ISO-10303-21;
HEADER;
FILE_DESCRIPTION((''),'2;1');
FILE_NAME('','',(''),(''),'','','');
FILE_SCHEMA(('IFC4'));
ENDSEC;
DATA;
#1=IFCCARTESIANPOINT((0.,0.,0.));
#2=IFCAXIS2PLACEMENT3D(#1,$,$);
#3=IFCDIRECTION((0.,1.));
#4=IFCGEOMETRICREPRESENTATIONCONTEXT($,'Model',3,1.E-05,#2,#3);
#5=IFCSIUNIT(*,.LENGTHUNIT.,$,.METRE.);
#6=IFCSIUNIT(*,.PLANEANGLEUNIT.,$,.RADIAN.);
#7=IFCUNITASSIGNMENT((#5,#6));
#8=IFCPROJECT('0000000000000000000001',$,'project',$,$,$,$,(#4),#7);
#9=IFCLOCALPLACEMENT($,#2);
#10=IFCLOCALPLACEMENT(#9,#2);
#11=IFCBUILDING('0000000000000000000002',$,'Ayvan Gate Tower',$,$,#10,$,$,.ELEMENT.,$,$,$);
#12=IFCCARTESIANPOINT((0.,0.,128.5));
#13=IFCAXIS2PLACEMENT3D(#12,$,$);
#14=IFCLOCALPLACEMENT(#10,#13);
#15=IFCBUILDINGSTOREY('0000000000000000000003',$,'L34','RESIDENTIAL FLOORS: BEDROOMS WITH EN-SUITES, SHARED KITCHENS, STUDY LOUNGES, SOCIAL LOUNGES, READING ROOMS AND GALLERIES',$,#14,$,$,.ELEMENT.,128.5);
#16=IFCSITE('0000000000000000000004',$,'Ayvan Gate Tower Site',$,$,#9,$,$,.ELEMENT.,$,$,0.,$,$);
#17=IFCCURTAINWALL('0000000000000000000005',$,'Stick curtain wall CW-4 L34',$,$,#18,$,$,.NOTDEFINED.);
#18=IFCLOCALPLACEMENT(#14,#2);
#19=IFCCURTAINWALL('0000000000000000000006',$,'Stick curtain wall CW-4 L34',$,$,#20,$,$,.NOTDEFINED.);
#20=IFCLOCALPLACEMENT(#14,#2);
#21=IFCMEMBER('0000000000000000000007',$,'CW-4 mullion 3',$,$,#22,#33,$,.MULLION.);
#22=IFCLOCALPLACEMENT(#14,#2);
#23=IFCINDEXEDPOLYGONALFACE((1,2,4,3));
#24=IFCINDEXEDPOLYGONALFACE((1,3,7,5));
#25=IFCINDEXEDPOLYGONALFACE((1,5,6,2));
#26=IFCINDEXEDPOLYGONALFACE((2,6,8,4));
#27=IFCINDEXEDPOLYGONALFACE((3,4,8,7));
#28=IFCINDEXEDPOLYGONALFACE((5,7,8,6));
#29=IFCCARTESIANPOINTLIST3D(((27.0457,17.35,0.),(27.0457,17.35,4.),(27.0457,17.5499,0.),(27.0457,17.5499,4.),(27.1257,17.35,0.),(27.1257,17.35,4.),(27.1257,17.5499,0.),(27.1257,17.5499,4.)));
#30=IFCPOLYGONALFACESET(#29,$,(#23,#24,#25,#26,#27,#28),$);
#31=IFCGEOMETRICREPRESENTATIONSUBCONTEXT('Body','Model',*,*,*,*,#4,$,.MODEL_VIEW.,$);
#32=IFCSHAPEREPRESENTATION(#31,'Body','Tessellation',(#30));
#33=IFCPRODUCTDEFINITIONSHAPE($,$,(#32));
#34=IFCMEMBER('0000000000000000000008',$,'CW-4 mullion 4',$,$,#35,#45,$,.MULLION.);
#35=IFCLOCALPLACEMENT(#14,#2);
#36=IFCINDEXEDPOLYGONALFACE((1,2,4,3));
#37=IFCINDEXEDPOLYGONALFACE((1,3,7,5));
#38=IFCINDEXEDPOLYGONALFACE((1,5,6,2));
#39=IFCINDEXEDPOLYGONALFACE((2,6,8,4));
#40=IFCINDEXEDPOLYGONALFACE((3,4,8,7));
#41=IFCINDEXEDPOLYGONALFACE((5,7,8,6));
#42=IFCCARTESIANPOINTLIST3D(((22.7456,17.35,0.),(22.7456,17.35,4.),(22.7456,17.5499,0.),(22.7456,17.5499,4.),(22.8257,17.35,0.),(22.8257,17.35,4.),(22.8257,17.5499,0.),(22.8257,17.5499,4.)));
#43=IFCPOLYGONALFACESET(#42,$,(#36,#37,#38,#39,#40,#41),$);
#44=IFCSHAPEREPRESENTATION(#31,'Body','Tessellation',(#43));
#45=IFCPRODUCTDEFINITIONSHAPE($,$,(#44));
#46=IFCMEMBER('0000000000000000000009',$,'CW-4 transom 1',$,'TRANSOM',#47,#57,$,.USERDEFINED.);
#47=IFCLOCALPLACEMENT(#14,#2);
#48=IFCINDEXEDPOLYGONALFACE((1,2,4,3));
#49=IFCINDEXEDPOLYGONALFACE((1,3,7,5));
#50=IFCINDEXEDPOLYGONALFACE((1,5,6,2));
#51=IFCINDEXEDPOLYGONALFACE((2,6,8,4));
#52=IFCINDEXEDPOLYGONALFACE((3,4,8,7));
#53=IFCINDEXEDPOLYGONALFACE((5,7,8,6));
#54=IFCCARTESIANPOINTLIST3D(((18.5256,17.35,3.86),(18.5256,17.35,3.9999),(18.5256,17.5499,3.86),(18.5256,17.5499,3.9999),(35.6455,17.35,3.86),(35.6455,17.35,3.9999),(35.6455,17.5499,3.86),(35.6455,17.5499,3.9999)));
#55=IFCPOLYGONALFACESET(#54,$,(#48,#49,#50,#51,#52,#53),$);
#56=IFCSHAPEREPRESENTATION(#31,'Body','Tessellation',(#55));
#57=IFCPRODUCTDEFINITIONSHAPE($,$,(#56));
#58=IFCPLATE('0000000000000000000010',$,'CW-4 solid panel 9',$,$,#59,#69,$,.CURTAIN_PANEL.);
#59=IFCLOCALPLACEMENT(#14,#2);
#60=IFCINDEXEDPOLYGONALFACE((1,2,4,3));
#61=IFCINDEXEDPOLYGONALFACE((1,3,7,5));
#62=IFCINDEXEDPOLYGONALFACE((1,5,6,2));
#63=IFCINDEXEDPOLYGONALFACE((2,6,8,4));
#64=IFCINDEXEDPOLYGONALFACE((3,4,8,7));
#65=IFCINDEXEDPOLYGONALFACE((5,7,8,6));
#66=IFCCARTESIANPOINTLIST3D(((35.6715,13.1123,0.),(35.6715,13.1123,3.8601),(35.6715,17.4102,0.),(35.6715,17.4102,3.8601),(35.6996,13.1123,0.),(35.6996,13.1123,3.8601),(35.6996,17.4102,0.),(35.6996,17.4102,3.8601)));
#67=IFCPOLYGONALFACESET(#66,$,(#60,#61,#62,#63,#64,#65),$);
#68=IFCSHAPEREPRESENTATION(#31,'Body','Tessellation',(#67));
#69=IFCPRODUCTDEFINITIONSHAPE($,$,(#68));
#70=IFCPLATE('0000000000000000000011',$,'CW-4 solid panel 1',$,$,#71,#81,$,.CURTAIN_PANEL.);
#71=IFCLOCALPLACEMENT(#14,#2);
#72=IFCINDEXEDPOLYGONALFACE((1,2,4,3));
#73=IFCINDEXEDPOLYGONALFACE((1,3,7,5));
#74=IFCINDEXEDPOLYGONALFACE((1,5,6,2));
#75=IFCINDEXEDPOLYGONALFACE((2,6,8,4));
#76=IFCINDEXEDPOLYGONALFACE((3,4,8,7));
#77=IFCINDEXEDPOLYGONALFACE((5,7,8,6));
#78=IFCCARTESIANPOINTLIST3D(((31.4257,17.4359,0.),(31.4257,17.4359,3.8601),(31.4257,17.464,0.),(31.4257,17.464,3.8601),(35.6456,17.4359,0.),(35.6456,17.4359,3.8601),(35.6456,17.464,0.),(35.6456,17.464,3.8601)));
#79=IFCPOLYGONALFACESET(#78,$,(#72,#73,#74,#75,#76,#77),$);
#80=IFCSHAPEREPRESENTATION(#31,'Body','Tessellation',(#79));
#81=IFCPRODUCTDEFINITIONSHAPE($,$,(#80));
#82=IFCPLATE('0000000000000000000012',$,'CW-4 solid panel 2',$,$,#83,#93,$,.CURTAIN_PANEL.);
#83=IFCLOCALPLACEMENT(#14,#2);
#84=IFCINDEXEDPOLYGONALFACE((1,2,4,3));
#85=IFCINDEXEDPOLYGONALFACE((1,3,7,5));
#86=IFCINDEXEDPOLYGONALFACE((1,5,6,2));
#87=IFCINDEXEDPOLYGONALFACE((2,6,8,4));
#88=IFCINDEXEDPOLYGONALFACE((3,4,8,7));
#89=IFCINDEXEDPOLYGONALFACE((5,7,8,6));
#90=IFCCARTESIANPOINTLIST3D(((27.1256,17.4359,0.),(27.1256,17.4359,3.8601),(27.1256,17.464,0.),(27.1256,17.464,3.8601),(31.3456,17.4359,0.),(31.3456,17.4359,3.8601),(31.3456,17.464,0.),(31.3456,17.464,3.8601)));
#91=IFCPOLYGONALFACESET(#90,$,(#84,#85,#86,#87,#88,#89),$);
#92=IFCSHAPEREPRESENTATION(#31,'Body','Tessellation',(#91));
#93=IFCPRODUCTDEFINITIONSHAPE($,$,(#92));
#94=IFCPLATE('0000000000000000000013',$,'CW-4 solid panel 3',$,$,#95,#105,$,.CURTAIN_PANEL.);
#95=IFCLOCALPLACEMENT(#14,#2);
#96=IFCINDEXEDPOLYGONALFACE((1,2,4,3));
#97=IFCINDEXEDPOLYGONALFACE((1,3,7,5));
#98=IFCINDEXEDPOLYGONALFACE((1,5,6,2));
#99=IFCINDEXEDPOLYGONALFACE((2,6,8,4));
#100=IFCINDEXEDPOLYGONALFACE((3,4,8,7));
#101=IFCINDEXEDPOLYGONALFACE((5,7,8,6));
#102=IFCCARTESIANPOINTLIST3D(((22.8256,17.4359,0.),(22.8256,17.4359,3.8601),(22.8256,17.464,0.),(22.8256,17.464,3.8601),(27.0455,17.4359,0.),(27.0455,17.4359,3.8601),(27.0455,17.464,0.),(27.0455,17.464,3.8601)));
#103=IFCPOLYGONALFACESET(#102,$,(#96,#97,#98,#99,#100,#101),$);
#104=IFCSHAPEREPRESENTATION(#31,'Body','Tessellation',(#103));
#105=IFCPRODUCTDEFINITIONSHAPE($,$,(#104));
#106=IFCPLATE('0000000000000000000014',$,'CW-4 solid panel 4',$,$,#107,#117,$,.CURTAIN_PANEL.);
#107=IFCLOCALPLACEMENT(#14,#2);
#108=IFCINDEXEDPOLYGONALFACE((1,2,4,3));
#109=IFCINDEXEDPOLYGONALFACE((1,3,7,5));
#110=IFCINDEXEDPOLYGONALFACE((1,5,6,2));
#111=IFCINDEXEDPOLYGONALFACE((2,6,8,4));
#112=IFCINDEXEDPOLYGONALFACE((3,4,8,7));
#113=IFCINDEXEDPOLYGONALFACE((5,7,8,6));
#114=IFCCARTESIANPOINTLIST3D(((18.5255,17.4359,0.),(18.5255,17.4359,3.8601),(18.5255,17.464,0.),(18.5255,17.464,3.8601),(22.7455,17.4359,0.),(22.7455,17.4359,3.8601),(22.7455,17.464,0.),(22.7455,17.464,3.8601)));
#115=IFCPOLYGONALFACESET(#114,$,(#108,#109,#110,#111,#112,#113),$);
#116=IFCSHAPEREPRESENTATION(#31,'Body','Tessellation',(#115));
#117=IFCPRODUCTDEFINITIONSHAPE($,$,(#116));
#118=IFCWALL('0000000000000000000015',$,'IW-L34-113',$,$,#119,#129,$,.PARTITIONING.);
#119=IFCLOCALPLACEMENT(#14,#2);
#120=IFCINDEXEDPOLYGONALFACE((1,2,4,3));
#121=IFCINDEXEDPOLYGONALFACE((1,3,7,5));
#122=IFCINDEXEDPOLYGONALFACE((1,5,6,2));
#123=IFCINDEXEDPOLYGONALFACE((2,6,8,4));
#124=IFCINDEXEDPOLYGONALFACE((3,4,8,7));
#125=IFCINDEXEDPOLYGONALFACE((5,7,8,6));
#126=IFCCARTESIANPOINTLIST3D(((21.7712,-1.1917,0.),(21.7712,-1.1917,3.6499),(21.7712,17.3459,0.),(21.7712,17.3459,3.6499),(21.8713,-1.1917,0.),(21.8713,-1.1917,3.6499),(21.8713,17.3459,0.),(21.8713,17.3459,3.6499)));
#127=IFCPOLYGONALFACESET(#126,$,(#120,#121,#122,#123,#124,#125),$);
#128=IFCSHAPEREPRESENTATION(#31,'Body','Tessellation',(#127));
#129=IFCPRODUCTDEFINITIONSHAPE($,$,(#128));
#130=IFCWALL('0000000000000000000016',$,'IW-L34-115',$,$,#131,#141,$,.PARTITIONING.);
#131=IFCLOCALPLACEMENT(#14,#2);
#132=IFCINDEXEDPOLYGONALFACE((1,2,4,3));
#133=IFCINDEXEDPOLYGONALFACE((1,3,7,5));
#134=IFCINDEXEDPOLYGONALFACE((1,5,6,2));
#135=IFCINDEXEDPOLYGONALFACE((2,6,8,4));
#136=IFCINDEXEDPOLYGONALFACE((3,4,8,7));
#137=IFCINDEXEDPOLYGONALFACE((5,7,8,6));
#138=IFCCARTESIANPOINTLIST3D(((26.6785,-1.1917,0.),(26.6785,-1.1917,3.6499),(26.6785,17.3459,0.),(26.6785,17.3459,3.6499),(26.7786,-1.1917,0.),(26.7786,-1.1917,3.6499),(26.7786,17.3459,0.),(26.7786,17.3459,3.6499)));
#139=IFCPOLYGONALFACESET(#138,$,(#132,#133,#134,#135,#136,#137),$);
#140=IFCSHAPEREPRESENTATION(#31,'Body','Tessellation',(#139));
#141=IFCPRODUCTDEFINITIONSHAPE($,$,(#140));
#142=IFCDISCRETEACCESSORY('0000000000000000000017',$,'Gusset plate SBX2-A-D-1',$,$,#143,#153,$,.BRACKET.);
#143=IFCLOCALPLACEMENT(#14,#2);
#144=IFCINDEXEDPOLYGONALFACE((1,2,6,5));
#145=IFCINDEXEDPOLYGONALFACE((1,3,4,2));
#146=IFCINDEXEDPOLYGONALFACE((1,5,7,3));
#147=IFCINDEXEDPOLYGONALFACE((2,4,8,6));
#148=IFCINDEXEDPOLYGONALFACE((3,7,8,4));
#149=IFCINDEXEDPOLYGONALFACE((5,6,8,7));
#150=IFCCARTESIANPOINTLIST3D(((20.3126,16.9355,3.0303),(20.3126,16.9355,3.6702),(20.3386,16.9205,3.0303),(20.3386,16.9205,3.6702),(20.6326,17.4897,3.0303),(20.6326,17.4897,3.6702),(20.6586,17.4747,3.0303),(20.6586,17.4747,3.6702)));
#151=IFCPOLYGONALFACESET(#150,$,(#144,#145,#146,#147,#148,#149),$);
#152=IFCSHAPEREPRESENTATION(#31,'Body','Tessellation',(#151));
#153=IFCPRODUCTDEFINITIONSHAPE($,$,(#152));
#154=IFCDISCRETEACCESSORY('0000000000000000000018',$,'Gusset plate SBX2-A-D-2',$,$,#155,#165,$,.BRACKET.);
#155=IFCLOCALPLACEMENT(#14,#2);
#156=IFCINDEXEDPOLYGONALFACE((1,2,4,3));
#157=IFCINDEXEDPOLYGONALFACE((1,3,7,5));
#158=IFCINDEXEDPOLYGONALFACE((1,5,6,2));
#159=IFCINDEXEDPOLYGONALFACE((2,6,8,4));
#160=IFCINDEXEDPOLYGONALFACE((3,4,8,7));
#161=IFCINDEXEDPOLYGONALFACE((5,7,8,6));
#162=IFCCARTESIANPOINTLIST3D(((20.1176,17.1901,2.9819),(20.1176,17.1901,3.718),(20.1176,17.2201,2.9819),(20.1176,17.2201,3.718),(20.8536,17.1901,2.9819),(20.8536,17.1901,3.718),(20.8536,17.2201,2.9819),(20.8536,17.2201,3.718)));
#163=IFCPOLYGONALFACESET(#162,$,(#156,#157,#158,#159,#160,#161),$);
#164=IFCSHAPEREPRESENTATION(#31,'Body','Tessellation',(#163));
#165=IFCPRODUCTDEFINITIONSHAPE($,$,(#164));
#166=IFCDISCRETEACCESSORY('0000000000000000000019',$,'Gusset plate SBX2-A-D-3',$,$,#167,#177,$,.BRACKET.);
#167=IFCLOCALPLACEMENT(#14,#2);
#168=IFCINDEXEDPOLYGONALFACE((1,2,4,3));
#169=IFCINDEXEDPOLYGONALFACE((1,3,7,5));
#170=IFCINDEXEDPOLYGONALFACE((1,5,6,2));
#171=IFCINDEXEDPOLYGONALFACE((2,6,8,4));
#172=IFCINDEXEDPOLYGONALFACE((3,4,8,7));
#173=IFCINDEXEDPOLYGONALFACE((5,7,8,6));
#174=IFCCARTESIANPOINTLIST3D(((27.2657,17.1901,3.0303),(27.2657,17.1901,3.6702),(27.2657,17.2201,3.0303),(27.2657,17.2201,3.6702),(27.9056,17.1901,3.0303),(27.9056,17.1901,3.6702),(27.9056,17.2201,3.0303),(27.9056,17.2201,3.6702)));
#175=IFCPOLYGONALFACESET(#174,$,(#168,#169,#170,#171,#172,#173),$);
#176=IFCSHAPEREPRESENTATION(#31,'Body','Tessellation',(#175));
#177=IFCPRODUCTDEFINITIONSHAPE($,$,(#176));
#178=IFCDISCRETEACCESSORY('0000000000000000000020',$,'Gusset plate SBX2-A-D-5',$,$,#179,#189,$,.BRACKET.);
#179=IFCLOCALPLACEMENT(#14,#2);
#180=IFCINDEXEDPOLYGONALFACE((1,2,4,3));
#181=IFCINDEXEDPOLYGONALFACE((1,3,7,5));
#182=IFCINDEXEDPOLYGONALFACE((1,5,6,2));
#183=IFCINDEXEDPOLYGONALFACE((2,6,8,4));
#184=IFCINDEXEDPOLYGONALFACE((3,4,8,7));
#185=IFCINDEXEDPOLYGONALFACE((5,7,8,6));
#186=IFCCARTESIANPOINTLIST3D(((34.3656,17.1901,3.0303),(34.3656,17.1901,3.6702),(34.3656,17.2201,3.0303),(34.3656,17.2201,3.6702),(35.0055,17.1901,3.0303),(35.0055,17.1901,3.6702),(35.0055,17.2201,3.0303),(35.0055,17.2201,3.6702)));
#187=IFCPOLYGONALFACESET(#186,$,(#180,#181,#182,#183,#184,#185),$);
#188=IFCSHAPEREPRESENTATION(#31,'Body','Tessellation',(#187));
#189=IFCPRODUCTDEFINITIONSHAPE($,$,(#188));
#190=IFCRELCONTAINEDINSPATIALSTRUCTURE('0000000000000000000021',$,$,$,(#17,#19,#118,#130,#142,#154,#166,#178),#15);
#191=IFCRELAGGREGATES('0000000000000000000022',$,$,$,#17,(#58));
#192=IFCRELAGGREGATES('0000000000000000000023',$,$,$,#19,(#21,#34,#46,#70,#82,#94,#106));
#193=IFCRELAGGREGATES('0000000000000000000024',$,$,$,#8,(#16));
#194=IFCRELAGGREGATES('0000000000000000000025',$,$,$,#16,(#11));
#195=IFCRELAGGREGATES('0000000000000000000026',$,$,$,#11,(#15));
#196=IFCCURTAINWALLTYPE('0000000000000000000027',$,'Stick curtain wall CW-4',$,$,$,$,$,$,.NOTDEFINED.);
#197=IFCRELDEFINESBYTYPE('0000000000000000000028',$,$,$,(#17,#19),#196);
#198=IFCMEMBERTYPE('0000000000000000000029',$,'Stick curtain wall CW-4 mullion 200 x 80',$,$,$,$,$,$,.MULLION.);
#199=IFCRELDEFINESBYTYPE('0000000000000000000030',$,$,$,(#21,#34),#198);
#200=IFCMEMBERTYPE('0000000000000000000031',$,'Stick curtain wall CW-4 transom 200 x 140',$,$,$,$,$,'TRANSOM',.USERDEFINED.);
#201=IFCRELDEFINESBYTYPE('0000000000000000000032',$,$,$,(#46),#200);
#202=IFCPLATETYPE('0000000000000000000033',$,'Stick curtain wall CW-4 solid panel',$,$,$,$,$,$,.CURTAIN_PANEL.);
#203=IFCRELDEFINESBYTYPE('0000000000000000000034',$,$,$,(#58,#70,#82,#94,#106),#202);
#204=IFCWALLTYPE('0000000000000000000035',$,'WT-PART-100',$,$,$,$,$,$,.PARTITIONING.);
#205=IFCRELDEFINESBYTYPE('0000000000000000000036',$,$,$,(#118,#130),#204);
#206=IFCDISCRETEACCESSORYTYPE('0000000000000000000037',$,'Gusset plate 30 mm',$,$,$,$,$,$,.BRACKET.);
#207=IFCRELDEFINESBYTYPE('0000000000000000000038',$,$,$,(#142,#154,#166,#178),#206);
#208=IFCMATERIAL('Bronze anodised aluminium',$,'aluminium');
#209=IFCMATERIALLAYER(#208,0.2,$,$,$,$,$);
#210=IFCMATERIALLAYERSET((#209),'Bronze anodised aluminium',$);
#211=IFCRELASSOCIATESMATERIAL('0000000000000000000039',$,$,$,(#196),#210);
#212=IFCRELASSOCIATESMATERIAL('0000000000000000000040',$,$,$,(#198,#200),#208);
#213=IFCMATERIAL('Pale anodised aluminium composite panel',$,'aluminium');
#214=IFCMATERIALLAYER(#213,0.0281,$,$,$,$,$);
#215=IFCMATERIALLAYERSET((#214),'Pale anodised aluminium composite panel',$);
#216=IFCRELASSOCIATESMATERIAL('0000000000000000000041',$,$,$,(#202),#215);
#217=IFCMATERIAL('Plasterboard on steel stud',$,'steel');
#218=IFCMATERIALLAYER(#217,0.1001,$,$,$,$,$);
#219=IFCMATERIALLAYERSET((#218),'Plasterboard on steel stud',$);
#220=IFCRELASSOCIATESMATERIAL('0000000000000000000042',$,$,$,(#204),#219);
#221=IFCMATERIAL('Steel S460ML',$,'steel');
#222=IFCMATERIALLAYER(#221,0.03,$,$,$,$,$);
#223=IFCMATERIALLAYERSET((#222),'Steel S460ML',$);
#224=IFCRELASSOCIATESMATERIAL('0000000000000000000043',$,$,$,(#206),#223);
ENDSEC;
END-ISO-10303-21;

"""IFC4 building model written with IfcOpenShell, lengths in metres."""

from ifc_helpers import new_model, si_unit, direction, frame, frame_2d, origin, origin_2d, place, context, subcontext, project, spatial, rectangle, extrude, material, layer, layer_set, material_profile, profile_set, type_object, element, aggregate, save


model = new_model("IFC4")

# Units and contexts
model_context = context("Model", 3, precision=1e-05, world=origin(), true_north=direction((0.0, 1.0)))
body_context = subcontext(model_context, "Body", "Model", "MODEL_VIEW")
ifc_project = project(units=[si_unit("LENGTHUNIT", "METRE"), si_unit("PLANEANGLEUNIT", "RADIAN")], contexts=[model_context])

# Site, building, storey
site_placement = place(None, origin())
site = spatial("IfcSite", under=ifc_project, at=site_placement, Name="Ayvan Gate Tower Site", CompositionType="ELEMENT", RefElevation=0.0)
building_placement = place(site_placement, origin())
building = spatial("IfcBuilding", under=site, at=building_placement, Name="Ayvan Gate Tower", CompositionType="ELEMENT")
storey_placement = place(building_placement, frame((0.0, 0.0, 128.5)))
storey = spatial("IfcBuildingStorey", under=building, at=storey_placement, Name="L34", Description="RESIDENTIAL FLOORS: BEDROOMS WITH EN-SUITES, SHARED KITCHENS, STUDY LOUNGES, SOCIAL LOUNGES, READING ROOMS AND GALLERIES", CompositionType="ELEMENT", Elevation=128.5)

# Shared definitions
ifc_material_1 = material(Name="Steel S460ML", Category="steel")

# Curtain walls, members
ifc_material_2 = material(Name="Bronze anodised aluminium", Category="aluminium")
ifc_layer_1 = layer(ifc_material_2, 0.2)
ifc_layer_set_1 = layer_set([ifc_layer_1], Name="Bronze anodised aluminium")
curtain_wall_type = type_object("IfcCurtainWallType", Name="Stick curtain wall CW-4", PredefinedType="NOTDEFINED", material=ifc_layer_set_1)
curtain_wall_1_placement = place(storey_placement, origin())
curtain_wall_1 = element("IfcCurtainWall", 1, at=curtain_wall_1_placement, inside=storey, type_object=curtain_wall_type, Name="Stick curtain wall CW-4 L34", PredefinedType="NOTDEFINED")
ifc_material_profile_1 = material_profile(ifc_material_2, rectangle(XDim=0.2, YDim=0.0801, at=origin_2d()), Name="Stick curtain wall CW-4 mullion 200 x 80")
ifc_profile_set_1 = profile_set([ifc_material_profile_1], Name="Bronze anodised aluminium")
member_type_1 = type_object("IfcMemberType", Name="Stick curtain wall CW-4 mullion 200 x 80", PredefinedType="MULLION", material=ifc_profile_set_1)
curtain_wall_2_placement = place(storey_placement, origin())
curtain_wall_2 = element("IfcCurtainWall", 2, at=curtain_wall_2_placement, inside=storey, type_object=curtain_wall_type, Name="Stick curtain wall CW-4 L34", PredefinedType="NOTDEFINED")
member_1_placement = place(storey_placement, frame((27.0857, 17.45, 0.0), z_axis=(0.0, 0.0, 1.0), x_axis=(0.0, 1.0, 0.0)))
member_1 = element("IfcMember", 3, at=member_1_placement, type_object=member_type_1, Name="CW-4 mullion 3", PredefinedType="MULLION", context=body_context, shape_type="SweptSolid", body=[
    extrude(rectangle(XDim=0.2, YDim=0.0801, at=origin_2d()), origin(), (0.0, 0.0, 1.0), 4.0),
])
member_2_placement = place(storey_placement, frame((22.7856, 17.45, 0.0), z_axis=(0.0, 0.0, 1.0), x_axis=(0.0, 1.0, 0.0)))
member_2 = element("IfcMember", 4, at=member_2_placement, type_object=member_type_1, Name="CW-4 mullion 4", PredefinedType="MULLION", context=body_context, shape_type="SweptSolid", body=[
    extrude(rectangle(XDim=0.2, YDim=0.0801, at=origin_2d()), origin(), (0.0, 0.0, 1.0), 4.0),
])
ifc_material_profile_2 = material_profile(ifc_material_2, rectangle(XDim=0.2, YDim=0.1399, at=origin_2d()), Name="Stick curtain wall CW-4 transom 200 x 140")
ifc_profile_set_2 = profile_set([ifc_material_profile_2], Name="Bronze anodised aluminium")
member_type_2 = type_object("IfcMemberType", Name="Stick curtain wall CW-4 transom 200 x 140", ElementType="TRANSOM", PredefinedType="USERDEFINED", material=ifc_profile_set_2)
member_3_placement = place(storey_placement, frame((35.6455, 17.45, 3.9299), z_axis=(-1.0, 0.0, 0.0), x_axis=(0.0, -1.0, 0.0)))
member_3 = element("IfcMember", 5, at=member_3_placement, type_object=member_type_2, Name="CW-4 transom 1", ObjectType="TRANSOM", PredefinedType="USERDEFINED", context=body_context, shape_type="SweptSolid", body=[
    extrude(rectangle(XDim=0.2, YDim=0.1399, at=origin_2d()), origin(), (0.0, 0.0, 1.0), 17.1199),
])

# Plates
ifc_material_3 = material(Name="Pale anodised aluminium composite panel", Category="aluminium")
ifc_layer_2 = layer(ifc_material_3, 0.0281)
ifc_layer_set_2 = layer_set([ifc_layer_2], Name="Pale anodised aluminium composite panel")
plate_type = type_object("IfcPlateType", Name="Stick curtain wall CW-4 solid panel", PredefinedType="CURTAIN_PANEL", material=ifc_layer_set_2)
plate_1_placement = place(storey_placement, frame((35.6855, 15.2612, 0.0), z_axis=(0.0, 0.0, 1.0), x_axis=(0.0, 1.0, 0.0)))
plate_1 = element("IfcPlate", 6, at=plate_1_placement, type_object=plate_type, Name="CW-4 solid panel 9", PredefinedType="CURTAIN_PANEL", context=body_context, shape_type="SweptSolid", body=[
    extrude(rectangle(XDim=4.2979, YDim=0.0281, at=origin_2d()), origin(), (0.0, 0.0, 1.0), 3.8601),
])
aggregate(curtain_wall_1, [plate_1])
plate_2_placement = place(storey_placement, frame((33.5356, 17.45, 0.0), z_axis=(0.0, 0.0, 1.0), x_axis=(-1.0, 0.0, 0.0)))
plate_2 = element("IfcPlate", 7, at=plate_2_placement, type_object=plate_type, Name="CW-4 solid panel 1", PredefinedType="CURTAIN_PANEL", context=body_context, shape_type="SweptSolid", body=[
    extrude(rectangle(XDim=4.22, YDim=0.0281, at=origin_2d()), origin(), (0.0, 0.0, 1.0), 3.8601),
])
plate_3_placement = place(storey_placement, frame((29.2356, 17.45, 0.0), z_axis=(0.0, 0.0, 1.0), x_axis=(-1.0, 0.0, 0.0)))
plate_3 = element("IfcPlate", 8, at=plate_3_placement, type_object=plate_type, Name="CW-4 solid panel 2", PredefinedType="CURTAIN_PANEL", context=body_context, shape_type="SweptSolid", body=[
    extrude(rectangle(XDim=4.22, YDim=0.0281, at=origin_2d()), origin(), (0.0, 0.0, 1.0), 3.8601),
])
plate_4_placement = place(storey_placement, frame((24.9355, 17.45, 0.0), z_axis=(0.0, 0.0, 1.0), x_axis=(-1.0, 0.0, 0.0)))
plate_4 = element("IfcPlate", 9, at=plate_4_placement, type_object=plate_type, Name="CW-4 solid panel 3", PredefinedType="CURTAIN_PANEL", context=body_context, shape_type="SweptSolid", body=[
    extrude(rectangle(XDim=4.22, YDim=0.0281, at=origin_2d()), origin(), (0.0, 0.0, 1.0), 3.8601),
])
plate_5_placement = place(storey_placement, frame((20.6355, 17.45, 0.0), z_axis=(0.0, 0.0, 1.0), x_axis=(-1.0, 0.0, 0.0)))
plate_5 = element("IfcPlate", 10, at=plate_5_placement, type_object=plate_type, Name="CW-4 solid panel 4", PredefinedType="CURTAIN_PANEL", context=body_context, shape_type="SweptSolid", body=[
    extrude(rectangle(XDim=4.22, YDim=0.0281, at=origin_2d()), origin(), (0.0, 0.0, 1.0), 3.8601),
])
aggregate(curtain_wall_2, [member_1, member_2, member_3, plate_2, plate_3, plate_4, plate_5])

# Walls
ifc_material_4 = material(Name="Plasterboard on steel stud", Category="steel")
ifc_layer_3 = layer(ifc_material_4, 0.1001)
ifc_layer_set_3 = layer_set([ifc_layer_3], Name="Plasterboard on steel stud")
wall_type = type_object("IfcWallType", Name="WT-PART-100", PredefinedType="PARTITIONING", material=ifc_layer_set_3)
for number, where, z_axis, x_axis, name in (
    (11, (21.8213, 17.3459, 0.0), (0.0, 0.0, 1.0), (0.0, -1.0, 0.0), "IW-L34-113"),
    (12, (26.7285, 17.3459, 0.0), (0.0, 0.0, 1.0), (0.0, -1.0, 0.0), "IW-L34-115"),
):
    element("IfcWall", number, at=place(storey_placement, frame(where, z_axis=z_axis, x_axis=x_axis)), inside=storey, type_object=wall_type, Name=name, PredefinedType="PARTITIONING", context=body_context, shape_type="SweptSolid", body=[
        extrude(rectangle(XDim=18.5376, YDim=0.1001, at=frame_2d((9.2688, 0.0))), origin(), (0.0, 0.0, 1.0), 3.6499),
    ])

# Discrete accessories
ifc_layer_4 = layer(ifc_material_1, 0.03)
ifc_layer_set_4 = layer_set([ifc_layer_4], Name="Steel S460ML")
discrete_accessory_type_1 = type_object("IfcDiscreteAccessoryType", Name="Gusset plate 30 mm", PredefinedType="BRACKET", material=ifc_layer_set_4)
discrete_accessory_1_placement = place(storey_placement, frame((20.4856, 17.2051, 3.0303), z_axis=(0.0, 0.0, 1.0), x_axis=(0.5, 0.866025, 0.0)))
element("IfcDiscreteAccessory", 13, at=discrete_accessory_1_placement, inside=storey, type_object=discrete_accessory_type_1, Name="Gusset plate SBX2-A-D-1", PredefinedType="BRACKET", context=body_context, shape_type="SweptSolid", body=[
    extrude(rectangle(XDim=0.6399, YDim=0.03, at=origin_2d()), origin(), (0.0, 0.0, 1.0), 0.6399),
])
discrete_accessory_2_placement = place(storey_placement, frame((20.4856, 17.2051, 2.9819), z_axis=(0.0, 0.0, 1.0), x_axis=(1.0, 0.0, 0.0)))
element("IfcDiscreteAccessory", 14, at=discrete_accessory_2_placement, inside=storey, type_object=discrete_accessory_type_1, Name="Gusset plate SBX2-A-D-2", PredefinedType="BRACKET", context=body_context, shape_type="SweptSolid", body=[
    extrude(rectangle(XDim=0.7361, YDim=0.03, at=origin_2d()), origin(), (0.0, 0.0, 1.0), 0.7361),
])
for number, where, z_axis, x_axis, name in (
    (15, (27.5857, 17.2051, 3.0303), (0.0, 0.0, 1.0), (1.0, 0.0, 0.0), "Gusset plate SBX2-A-D-3"),
    (16, (34.6855, 17.2051, 3.0303), (0.0, 0.0, 1.0), (1.0, 0.0, 0.0), "Gusset plate SBX2-A-D-5"),
):
    element("IfcDiscreteAccessory", number, at=place(storey_placement, frame(where, z_axis=z_axis, x_axis=x_axis)), inside=storey, type_object=discrete_accessory_type_1, Name=name, PredefinedType="BRACKET", context=body_context, shape_type="SweptSolid", body=[
        extrude(rectangle(XDim=0.6399, YDim=0.03, at=origin_2d()), origin(), (0.0, 0.0, 1.0), 0.6399),
    ])

save(model, "model.ifc")
